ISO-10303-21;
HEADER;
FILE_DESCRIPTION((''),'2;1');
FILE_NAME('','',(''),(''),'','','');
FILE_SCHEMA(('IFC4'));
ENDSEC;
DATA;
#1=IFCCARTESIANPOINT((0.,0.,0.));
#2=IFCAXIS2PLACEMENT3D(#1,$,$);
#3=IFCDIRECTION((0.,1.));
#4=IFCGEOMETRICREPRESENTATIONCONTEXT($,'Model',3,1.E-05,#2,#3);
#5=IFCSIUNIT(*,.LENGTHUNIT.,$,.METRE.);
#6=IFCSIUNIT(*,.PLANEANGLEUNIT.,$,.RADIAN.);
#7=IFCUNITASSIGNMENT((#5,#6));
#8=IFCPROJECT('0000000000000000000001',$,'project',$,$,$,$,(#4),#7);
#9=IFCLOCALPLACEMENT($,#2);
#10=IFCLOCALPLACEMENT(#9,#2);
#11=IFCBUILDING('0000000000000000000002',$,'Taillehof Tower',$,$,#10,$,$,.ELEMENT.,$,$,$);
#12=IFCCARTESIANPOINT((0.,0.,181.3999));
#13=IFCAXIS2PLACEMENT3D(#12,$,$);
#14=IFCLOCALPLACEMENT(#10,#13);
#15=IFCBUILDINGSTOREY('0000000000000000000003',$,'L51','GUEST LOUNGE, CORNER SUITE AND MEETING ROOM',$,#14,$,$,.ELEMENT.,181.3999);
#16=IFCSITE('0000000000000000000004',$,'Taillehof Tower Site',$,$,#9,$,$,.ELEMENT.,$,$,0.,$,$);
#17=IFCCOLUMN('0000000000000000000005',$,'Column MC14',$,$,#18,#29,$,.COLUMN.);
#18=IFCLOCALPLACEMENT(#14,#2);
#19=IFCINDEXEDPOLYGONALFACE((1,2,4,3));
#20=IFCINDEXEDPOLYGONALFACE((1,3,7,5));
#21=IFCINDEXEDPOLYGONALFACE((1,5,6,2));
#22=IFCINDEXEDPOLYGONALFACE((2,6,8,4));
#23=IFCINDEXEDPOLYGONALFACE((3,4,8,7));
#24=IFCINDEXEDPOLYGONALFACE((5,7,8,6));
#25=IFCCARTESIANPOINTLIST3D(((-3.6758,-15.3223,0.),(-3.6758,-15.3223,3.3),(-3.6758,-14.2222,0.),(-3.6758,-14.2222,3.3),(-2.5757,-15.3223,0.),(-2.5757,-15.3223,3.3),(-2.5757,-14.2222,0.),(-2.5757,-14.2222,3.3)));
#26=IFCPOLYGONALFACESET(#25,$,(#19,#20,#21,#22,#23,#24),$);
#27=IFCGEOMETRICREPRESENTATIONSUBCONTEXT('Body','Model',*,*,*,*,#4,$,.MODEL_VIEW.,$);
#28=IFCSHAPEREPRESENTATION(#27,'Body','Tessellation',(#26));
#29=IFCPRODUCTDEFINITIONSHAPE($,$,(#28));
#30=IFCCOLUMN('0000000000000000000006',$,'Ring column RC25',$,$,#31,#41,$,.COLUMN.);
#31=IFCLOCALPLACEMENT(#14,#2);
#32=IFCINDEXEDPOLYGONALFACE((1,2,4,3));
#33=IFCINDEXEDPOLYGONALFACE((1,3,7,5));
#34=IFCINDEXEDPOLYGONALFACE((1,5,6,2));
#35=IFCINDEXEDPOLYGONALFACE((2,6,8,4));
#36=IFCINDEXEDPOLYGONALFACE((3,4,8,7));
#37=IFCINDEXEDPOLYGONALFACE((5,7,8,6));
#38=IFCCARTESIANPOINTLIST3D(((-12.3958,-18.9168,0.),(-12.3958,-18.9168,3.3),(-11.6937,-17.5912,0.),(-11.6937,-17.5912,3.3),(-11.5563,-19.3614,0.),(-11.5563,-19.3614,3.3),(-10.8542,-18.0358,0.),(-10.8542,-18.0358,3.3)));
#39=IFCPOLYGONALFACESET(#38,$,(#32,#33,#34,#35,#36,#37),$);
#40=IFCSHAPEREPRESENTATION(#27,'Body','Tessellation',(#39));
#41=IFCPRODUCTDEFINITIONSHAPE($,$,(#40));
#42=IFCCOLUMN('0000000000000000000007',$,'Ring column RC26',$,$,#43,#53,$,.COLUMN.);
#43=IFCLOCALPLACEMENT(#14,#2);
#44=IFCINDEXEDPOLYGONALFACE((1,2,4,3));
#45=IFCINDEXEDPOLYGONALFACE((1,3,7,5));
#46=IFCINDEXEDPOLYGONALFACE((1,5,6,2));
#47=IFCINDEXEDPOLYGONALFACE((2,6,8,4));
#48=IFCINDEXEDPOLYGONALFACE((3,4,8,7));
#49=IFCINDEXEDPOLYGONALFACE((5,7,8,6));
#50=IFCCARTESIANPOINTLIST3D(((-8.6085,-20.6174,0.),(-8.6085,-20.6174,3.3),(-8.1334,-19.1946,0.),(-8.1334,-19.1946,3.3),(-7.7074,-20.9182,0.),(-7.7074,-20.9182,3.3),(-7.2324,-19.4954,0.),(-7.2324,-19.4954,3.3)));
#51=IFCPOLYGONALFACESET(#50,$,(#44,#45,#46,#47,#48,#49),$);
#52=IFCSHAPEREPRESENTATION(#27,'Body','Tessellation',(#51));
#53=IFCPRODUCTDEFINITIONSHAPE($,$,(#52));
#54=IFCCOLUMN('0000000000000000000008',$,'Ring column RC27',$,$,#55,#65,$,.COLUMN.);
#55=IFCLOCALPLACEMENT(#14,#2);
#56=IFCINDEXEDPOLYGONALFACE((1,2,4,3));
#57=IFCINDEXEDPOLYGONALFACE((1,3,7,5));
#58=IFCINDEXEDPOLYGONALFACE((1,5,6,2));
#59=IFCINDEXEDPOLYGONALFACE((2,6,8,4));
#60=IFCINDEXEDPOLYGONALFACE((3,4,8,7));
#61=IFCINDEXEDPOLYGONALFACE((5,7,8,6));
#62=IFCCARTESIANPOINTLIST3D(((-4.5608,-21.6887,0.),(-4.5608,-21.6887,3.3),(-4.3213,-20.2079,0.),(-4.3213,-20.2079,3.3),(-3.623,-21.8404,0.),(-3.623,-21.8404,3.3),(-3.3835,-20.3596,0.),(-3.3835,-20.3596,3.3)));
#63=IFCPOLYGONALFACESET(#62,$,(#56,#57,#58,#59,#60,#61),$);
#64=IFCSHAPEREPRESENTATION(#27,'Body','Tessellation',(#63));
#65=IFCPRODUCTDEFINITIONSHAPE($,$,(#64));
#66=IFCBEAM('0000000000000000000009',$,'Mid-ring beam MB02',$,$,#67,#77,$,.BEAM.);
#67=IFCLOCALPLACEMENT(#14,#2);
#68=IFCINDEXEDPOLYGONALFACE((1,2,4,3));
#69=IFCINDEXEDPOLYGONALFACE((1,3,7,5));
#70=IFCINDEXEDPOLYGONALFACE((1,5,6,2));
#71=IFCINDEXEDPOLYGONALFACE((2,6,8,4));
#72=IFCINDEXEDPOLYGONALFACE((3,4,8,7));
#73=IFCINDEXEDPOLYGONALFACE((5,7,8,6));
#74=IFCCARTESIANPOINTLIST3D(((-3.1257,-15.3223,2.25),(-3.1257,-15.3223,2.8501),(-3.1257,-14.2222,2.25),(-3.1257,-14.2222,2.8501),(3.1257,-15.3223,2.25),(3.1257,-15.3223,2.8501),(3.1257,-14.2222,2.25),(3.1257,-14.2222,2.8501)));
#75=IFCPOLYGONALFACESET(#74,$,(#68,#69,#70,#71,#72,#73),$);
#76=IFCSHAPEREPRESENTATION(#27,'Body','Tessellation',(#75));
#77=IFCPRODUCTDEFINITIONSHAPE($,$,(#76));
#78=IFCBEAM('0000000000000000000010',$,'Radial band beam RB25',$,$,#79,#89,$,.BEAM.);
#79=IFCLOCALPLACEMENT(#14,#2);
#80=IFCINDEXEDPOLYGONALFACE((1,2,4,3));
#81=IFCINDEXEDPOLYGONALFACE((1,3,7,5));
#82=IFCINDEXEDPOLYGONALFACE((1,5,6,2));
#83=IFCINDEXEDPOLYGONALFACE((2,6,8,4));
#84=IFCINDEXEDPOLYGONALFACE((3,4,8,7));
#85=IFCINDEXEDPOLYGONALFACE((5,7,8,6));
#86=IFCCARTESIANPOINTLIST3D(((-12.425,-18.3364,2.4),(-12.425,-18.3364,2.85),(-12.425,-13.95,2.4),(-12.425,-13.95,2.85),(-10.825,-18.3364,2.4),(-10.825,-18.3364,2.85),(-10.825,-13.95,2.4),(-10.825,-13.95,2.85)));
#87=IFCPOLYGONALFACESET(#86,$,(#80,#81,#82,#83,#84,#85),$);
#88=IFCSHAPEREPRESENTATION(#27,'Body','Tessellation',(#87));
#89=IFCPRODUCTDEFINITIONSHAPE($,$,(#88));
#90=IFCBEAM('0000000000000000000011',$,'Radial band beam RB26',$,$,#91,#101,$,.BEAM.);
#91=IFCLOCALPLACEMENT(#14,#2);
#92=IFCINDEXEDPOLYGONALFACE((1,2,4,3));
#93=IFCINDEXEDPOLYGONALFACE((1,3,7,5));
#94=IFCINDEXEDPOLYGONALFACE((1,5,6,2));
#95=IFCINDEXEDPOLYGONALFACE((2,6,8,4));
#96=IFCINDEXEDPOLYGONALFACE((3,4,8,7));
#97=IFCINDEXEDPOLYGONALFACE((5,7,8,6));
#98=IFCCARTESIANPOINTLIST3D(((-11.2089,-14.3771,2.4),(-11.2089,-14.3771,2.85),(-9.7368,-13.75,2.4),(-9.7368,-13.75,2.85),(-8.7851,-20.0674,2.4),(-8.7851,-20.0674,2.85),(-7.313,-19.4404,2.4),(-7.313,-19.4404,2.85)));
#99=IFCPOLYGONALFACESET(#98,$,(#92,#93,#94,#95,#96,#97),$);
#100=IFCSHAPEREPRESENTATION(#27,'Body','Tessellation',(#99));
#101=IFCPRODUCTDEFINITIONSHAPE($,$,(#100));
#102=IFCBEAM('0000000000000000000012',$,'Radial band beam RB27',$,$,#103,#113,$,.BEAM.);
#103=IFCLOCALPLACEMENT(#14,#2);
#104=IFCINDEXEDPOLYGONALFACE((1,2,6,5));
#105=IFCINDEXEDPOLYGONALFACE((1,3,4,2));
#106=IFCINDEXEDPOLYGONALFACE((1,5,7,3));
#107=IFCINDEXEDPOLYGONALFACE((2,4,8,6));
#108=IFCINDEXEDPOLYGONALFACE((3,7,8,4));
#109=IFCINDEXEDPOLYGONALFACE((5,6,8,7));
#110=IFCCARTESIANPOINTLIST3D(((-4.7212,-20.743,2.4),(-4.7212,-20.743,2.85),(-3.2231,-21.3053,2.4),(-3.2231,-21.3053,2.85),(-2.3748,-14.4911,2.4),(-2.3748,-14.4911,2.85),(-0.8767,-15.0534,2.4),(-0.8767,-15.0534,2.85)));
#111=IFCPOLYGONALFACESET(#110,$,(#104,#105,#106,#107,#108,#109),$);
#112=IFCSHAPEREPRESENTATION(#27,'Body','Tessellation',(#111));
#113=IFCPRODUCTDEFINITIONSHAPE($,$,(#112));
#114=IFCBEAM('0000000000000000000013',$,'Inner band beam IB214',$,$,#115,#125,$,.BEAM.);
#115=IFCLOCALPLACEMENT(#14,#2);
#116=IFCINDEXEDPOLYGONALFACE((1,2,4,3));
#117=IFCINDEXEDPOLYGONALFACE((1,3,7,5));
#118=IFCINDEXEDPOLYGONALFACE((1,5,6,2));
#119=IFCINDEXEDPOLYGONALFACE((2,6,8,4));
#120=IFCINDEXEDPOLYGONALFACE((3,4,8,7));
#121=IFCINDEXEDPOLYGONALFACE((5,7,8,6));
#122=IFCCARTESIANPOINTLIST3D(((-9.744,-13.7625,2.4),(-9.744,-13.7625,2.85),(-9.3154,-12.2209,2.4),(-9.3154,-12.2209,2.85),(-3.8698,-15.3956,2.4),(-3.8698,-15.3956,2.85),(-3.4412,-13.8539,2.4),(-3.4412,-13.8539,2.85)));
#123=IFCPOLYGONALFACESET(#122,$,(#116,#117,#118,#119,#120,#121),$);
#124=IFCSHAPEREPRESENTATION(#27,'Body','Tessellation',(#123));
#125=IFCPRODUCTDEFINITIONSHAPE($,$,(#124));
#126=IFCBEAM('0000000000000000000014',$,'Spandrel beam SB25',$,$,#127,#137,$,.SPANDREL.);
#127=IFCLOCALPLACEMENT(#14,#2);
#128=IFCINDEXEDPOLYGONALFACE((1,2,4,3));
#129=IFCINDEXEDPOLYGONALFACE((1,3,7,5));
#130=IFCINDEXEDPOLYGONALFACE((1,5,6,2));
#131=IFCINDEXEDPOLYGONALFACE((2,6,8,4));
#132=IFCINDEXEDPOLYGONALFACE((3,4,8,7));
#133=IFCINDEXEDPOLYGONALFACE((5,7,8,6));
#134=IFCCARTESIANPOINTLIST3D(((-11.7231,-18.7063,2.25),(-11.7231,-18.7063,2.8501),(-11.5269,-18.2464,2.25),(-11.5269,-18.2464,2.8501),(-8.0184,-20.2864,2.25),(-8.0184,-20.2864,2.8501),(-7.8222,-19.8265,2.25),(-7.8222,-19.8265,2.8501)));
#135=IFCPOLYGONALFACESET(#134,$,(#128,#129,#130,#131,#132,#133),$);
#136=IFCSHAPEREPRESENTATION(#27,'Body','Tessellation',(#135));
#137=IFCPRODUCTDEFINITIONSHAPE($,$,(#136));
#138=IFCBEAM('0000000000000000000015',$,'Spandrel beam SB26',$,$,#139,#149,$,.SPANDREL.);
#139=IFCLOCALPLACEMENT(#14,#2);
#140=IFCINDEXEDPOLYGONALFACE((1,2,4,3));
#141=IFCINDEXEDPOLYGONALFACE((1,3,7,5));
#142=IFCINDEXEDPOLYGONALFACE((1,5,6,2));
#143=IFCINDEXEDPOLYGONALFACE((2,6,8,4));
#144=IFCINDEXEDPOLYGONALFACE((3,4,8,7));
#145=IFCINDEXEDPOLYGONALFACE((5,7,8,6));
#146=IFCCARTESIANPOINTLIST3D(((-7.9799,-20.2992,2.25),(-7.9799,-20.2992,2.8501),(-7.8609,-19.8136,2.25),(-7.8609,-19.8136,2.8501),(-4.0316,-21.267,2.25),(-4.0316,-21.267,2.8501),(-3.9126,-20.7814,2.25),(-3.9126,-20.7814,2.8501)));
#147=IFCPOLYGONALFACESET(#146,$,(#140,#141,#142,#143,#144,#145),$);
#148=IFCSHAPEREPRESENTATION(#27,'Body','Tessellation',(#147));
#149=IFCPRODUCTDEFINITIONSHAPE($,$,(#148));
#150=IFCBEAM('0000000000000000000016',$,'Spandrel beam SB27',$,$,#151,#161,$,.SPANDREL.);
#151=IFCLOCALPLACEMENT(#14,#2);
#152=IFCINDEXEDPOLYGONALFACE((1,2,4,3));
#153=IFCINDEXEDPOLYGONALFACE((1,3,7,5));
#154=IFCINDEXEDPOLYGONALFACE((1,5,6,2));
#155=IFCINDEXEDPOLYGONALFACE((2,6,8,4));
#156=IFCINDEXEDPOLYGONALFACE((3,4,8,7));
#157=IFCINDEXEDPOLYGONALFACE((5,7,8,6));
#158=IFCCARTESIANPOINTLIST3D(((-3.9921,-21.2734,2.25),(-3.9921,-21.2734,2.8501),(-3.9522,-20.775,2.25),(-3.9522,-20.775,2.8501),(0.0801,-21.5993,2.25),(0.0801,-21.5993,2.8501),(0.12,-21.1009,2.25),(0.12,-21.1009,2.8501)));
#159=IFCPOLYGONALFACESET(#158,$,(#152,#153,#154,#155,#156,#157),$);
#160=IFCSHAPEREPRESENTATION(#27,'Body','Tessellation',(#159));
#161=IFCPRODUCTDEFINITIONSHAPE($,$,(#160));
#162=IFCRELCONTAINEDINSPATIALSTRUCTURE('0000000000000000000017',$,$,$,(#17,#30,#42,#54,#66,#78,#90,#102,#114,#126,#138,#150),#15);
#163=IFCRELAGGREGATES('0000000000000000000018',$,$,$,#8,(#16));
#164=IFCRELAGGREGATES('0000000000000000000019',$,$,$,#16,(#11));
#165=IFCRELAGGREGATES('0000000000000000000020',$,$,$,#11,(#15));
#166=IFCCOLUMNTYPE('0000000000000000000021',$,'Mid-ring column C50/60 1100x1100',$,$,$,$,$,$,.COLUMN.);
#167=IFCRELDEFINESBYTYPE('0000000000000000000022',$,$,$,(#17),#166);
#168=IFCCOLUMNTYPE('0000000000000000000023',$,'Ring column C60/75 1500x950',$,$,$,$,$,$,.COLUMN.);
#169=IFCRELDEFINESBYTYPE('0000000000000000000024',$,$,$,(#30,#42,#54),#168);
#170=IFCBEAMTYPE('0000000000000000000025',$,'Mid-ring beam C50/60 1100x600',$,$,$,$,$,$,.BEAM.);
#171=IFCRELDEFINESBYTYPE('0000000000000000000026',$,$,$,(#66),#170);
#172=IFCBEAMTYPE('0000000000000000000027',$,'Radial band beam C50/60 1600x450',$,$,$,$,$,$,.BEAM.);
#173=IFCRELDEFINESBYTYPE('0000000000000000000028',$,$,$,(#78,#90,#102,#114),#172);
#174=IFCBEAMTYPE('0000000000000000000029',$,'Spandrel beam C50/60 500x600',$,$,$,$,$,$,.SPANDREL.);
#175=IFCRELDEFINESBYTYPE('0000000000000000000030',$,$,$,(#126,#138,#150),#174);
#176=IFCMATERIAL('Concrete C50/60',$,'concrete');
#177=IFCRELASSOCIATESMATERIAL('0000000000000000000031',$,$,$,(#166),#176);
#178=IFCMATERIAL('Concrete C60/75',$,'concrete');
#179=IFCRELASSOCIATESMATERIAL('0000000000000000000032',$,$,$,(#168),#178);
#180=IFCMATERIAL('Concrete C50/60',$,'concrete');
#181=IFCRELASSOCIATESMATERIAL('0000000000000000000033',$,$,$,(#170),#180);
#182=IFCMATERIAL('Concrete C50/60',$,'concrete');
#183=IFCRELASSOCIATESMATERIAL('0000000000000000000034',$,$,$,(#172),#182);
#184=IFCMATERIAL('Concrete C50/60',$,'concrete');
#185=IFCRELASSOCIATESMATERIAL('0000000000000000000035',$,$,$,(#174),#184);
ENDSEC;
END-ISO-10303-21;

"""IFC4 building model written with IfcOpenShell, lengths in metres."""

from ifc_helpers import new_model, si_unit, direction, frame, origin, origin_2d, place, context, subcontext, project, spatial, rectangle, extrude, material, material_profile, profile_set, type_object, element, save


model = new_model("IFC4")

# Units and contexts
model_context = context("Model", 3, precision=1e-05, world=origin(), true_north=direction((0.0, 1.0)))
body_context = subcontext(model_context, "Body", "Model", "MODEL_VIEW")
ifc_project = project(units=[si_unit("LENGTHUNIT", "METRE"), si_unit("PLANEANGLEUNIT", "RADIAN")], contexts=[model_context])

# Site, building, storey
site_placement = place(None, origin())
site = spatial("IfcSite", under=ifc_project, at=site_placement, Name="Taillehof Tower Site", CompositionType="ELEMENT", RefElevation=0.0)
building_placement = place(site_placement, origin())
building = spatial("IfcBuilding", under=site, at=building_placement, Name="Taillehof Tower", CompositionType="ELEMENT")
storey_placement = place(building_placement, frame((0.0, 0.0, 181.3999)))
storey = spatial("IfcBuildingStorey", under=building, at=storey_placement, Name="L51", Description="GUEST LOUNGE, CORNER SUITE AND MEETING ROOM", CompositionType="ELEMENT", Elevation=181.3999)

# Columns
ifc_material_1 = material(Name="Concrete C50/60", Category="concrete")
ifc_material_profile_1 = material_profile(ifc_material_1, rectangle(XDim=1.1001, YDim=1.1001, at=origin_2d()), Name="RC 1100x1100")
ifc_profile_set_1 = profile_set([ifc_material_profile_1], Name="Concrete C50/60")
column_type_1 = type_object("IfcColumnType", Name="Mid-ring column C50/60 1100x1100", PredefinedType="COLUMN", material=ifc_profile_set_1)
column_placement = place(storey_placement, frame((-3.1257, -14.7722, 0.0), z_axis=(0.0, 0.0, 1.0), x_axis=(1.0, 0.0, 0.0)))
element("IfcColumn", 1, at=column_placement, inside=storey, type_object=column_type_1, Name="Column MC14", PredefinedType="COLUMN", context=body_context, shape_type="SweptSolid", body=[
    extrude(rectangle(XDim=1.1001, YDim=1.1001, at=origin_2d()), origin(), (0.0, 0.0, 1.0), 3.3),
])
ifc_material_2 = material(Name="Concrete C60/75", Category="concrete")
ifc_material_profile_2 = material_profile(ifc_material_2, rectangle(XDim=1.5, YDim=0.95, at=origin_2d()), Name="RC 1500x950")
ifc_profile_set_2 = profile_set([ifc_material_profile_2], Name="Concrete C60/75")
column_type_2 = type_object("IfcColumnType", Name="Ring column C60/75 1500x950", PredefinedType="COLUMN", material=ifc_profile_set_2)
for number, where, z_axis, x_axis, name in (
    (2, (-11.625, -18.4763, 0.0), (0.0, 0.0, 1.0), (-0.468042, -0.883706, 0.0), "Ring column RC25"),
    (3, (-7.9204, -20.0564, 0.0), (0.0, 0.0, 1.0), (-0.316703, -0.948525, 0.0), "Ring column RC26"),
    (4, (-3.9722, -21.0242, 0.0), (0.0, 0.0, 1.0), (-0.159679, -0.987169, 0.0), "Ring column RC27"),
):
    element("IfcColumn", number, at=place(storey_placement, frame(where, z_axis=z_axis, x_axis=x_axis)), inside=storey, type_object=column_type_2, Name=name, PredefinedType="COLUMN", context=body_context, shape_type="SweptSolid", body=[
        extrude(rectangle(XDim=1.5, YDim=0.95, at=origin_2d()), origin(), (0.0, 0.0, 1.0), 3.3),
    ])

# Beams
ifc_material_3 = material(Name="Concrete C50/60", Category="concrete")
ifc_material_profile_3 = material_profile(ifc_material_3, rectangle(XDim=1.1001, YDim=0.6001, at=origin_2d()), Name="RC 1100x600")
ifc_profile_set_3 = profile_set([ifc_material_profile_3], Name="Concrete C50/60")
beam_type_1 = type_object("IfcBeamType", Name="Mid-ring beam C50/60 1100x600", PredefinedType="BEAM", material=ifc_profile_set_3)
beam_1_placement = place(storey_placement, frame((-3.1257, -14.7722, 2.55), z_axis=(1.0, 0.0, 0.0), x_axis=(0.0, 1.0, 0.0)))
element("IfcBeam", 5, at=beam_1_placement, inside=storey, type_object=beam_type_1, Name="Mid-ring beam MB02", PredefinedType="BEAM", context=body_context, shape_type="SweptSolid", body=[
    extrude(rectangle(XDim=1.1001, YDim=0.6001, at=origin_2d()), origin(), (0.0, 0.0, 1.0), 6.2515),
])
ifc_material_4 = material(Name="Concrete C50/60", Category="concrete")
ifc_material_profile_4 = material_profile(ifc_material_4, rectangle(XDim=1.6001, YDim=0.45, at=origin_2d()), Name="RC 1600x450")
ifc_profile_set_4 = profile_set([ifc_material_profile_4], Name="Concrete C50/60")
beam_type_2 = type_object("IfcBeamType", Name="Radial band beam C50/60 1600x450", PredefinedType="BEAM", material=ifc_profile_set_4)
beam_2_placement = place(storey_placement, frame((-11.625, -18.3364, 2.625), z_axis=(0.0, 1.0, 0.0), x_axis=(-1.0, 0.0, 0.0)))
element("IfcBeam", 6, at=beam_2_placement, inside=storey, type_object=beam_type_2, Name="Radial band beam RB25", PredefinedType="BEAM", context=body_context, shape_type="SweptSolid", body=[
    extrude(rectangle(XDim=1.6001, YDim=0.45, at=origin_2d()), origin(), (0.0, 0.0, 1.0), 4.3865),
])
beam_3_placement = place(storey_placement, frame((-8.0491, -19.7539, 2.625), z_axis=(-0.391879, 0.920017, 0.0), x_axis=(-0.920017, -0.391879, 0.0)))
element("IfcBeam", 7, at=beam_3_placement, inside=storey, type_object=beam_type_2, Name="Radial band beam RB26", PredefinedType="BEAM", context=body_context, shape_type="SweptSolid", body=[
    extrude(rectangle(XDim=1.6001, YDim=0.45, at=origin_2d()), origin(), (0.0, 0.0, 1.0), 6.1851),
])
beam_4_placement = place(storey_placement, frame((-3.9722, -21.0242, 2.625), z_axis=(0.35138, 0.936233, 0.0), x_axis=(-0.936233, 0.35138, 0.0)))
element("IfcBeam", 8, at=beam_4_placement, inside=storey, type_object=beam_type_2, Name="Radial band beam RB27", PredefinedType="BEAM", context=body_context, shape_type="SweptSolid", body=[
    extrude(rectangle(XDim=1.6001, YDim=0.45, at=origin_2d()), origin(), (0.0, 0.0, 1.0), 6.6777),
])
beam_5_placement = place(storey_placement, frame((-3.6555, -14.6248, 2.625), z_axis=(-0.963459, 0.267855, 0.0), x_axis=(-0.267855, -0.963459, 0.0)))
element("IfcBeam", 9, at=beam_5_placement, inside=storey, type_object=beam_type_2, Name="Inner band beam IB214", PredefinedType="BEAM", context=body_context, shape_type="SweptSolid", body=[
    extrude(rectangle(XDim=1.6001, YDim=0.45, at=origin_2d()), origin(), (0.0, 0.0, 1.0), 6.0969),
])
ifc_material_5 = material(Name="Concrete C50/60", Category="concrete")
ifc_material_profile_5 = material_profile(ifc_material_5, rectangle(XDim=0.5, YDim=0.6001, at=origin_2d()), Name="RC 500x600")
ifc_profile_set_5 = profile_set([ifc_material_profile_5], Name="Concrete C50/60")
beam_type_3 = type_object("IfcBeamType", Name="Spandrel beam C50/60 500x600", PredefinedType="SPANDREL", material=ifc_profile_set_5)
beam_6_placement = place(storey_placement, frame((-11.625, -18.4763, 2.55), z_axis=(0.919827, -0.392324, 0.0), x_axis=(0.392324, 0.919827, 0.0)))
element("IfcBeam", 10, at=beam_6_placement, inside=storey, type_object=beam_type_3, Name="Spandrel beam SB25", PredefinedType="SPANDREL", context=body_context, shape_type="SweptSolid", body=[
    extrude(rectangle(XDim=0.5, YDim=0.6001, at=origin_2d()), origin(), (0.0, 0.0, 1.0), 4.0276),
])
beam_7_placement = place(storey_placement, frame((-7.9204, -20.0564, 2.55), z_axis=(0.971249, -0.238068, 0.0), x_axis=(0.238068, 0.971249, 0.0)))
element("IfcBeam", 11, at=beam_7_placement, inside=storey, type_object=beam_type_3, Name="Spandrel beam SB26", PredefinedType="SPANDREL", context=body_context, shape_type="SweptSolid", body=[
    extrude(rectangle(XDim=0.5, YDim=0.6001, at=origin_2d()), origin(), (0.0, 0.0, 1.0), 4.0652),
])
beam_8_placement = place(storey_placement, frame((-3.9722, -21.0242, 2.55), z_axis=(0.996812, -0.079781, 0.0), x_axis=(0.079781, 0.996812, 0.0)))
element("IfcBeam", 12, at=beam_8_placement, inside=storey, type_object=beam_type_3, Name="Spandrel beam SB27", PredefinedType="SPANDREL", context=body_context, shape_type="SweptSolid", body=[
    extrude(rectangle(XDim=0.5, YDim=0.6001, at=origin_2d()), origin(), (0.0, 0.0, 1.0), 4.0852),
])

save(model, "model.ifc")
